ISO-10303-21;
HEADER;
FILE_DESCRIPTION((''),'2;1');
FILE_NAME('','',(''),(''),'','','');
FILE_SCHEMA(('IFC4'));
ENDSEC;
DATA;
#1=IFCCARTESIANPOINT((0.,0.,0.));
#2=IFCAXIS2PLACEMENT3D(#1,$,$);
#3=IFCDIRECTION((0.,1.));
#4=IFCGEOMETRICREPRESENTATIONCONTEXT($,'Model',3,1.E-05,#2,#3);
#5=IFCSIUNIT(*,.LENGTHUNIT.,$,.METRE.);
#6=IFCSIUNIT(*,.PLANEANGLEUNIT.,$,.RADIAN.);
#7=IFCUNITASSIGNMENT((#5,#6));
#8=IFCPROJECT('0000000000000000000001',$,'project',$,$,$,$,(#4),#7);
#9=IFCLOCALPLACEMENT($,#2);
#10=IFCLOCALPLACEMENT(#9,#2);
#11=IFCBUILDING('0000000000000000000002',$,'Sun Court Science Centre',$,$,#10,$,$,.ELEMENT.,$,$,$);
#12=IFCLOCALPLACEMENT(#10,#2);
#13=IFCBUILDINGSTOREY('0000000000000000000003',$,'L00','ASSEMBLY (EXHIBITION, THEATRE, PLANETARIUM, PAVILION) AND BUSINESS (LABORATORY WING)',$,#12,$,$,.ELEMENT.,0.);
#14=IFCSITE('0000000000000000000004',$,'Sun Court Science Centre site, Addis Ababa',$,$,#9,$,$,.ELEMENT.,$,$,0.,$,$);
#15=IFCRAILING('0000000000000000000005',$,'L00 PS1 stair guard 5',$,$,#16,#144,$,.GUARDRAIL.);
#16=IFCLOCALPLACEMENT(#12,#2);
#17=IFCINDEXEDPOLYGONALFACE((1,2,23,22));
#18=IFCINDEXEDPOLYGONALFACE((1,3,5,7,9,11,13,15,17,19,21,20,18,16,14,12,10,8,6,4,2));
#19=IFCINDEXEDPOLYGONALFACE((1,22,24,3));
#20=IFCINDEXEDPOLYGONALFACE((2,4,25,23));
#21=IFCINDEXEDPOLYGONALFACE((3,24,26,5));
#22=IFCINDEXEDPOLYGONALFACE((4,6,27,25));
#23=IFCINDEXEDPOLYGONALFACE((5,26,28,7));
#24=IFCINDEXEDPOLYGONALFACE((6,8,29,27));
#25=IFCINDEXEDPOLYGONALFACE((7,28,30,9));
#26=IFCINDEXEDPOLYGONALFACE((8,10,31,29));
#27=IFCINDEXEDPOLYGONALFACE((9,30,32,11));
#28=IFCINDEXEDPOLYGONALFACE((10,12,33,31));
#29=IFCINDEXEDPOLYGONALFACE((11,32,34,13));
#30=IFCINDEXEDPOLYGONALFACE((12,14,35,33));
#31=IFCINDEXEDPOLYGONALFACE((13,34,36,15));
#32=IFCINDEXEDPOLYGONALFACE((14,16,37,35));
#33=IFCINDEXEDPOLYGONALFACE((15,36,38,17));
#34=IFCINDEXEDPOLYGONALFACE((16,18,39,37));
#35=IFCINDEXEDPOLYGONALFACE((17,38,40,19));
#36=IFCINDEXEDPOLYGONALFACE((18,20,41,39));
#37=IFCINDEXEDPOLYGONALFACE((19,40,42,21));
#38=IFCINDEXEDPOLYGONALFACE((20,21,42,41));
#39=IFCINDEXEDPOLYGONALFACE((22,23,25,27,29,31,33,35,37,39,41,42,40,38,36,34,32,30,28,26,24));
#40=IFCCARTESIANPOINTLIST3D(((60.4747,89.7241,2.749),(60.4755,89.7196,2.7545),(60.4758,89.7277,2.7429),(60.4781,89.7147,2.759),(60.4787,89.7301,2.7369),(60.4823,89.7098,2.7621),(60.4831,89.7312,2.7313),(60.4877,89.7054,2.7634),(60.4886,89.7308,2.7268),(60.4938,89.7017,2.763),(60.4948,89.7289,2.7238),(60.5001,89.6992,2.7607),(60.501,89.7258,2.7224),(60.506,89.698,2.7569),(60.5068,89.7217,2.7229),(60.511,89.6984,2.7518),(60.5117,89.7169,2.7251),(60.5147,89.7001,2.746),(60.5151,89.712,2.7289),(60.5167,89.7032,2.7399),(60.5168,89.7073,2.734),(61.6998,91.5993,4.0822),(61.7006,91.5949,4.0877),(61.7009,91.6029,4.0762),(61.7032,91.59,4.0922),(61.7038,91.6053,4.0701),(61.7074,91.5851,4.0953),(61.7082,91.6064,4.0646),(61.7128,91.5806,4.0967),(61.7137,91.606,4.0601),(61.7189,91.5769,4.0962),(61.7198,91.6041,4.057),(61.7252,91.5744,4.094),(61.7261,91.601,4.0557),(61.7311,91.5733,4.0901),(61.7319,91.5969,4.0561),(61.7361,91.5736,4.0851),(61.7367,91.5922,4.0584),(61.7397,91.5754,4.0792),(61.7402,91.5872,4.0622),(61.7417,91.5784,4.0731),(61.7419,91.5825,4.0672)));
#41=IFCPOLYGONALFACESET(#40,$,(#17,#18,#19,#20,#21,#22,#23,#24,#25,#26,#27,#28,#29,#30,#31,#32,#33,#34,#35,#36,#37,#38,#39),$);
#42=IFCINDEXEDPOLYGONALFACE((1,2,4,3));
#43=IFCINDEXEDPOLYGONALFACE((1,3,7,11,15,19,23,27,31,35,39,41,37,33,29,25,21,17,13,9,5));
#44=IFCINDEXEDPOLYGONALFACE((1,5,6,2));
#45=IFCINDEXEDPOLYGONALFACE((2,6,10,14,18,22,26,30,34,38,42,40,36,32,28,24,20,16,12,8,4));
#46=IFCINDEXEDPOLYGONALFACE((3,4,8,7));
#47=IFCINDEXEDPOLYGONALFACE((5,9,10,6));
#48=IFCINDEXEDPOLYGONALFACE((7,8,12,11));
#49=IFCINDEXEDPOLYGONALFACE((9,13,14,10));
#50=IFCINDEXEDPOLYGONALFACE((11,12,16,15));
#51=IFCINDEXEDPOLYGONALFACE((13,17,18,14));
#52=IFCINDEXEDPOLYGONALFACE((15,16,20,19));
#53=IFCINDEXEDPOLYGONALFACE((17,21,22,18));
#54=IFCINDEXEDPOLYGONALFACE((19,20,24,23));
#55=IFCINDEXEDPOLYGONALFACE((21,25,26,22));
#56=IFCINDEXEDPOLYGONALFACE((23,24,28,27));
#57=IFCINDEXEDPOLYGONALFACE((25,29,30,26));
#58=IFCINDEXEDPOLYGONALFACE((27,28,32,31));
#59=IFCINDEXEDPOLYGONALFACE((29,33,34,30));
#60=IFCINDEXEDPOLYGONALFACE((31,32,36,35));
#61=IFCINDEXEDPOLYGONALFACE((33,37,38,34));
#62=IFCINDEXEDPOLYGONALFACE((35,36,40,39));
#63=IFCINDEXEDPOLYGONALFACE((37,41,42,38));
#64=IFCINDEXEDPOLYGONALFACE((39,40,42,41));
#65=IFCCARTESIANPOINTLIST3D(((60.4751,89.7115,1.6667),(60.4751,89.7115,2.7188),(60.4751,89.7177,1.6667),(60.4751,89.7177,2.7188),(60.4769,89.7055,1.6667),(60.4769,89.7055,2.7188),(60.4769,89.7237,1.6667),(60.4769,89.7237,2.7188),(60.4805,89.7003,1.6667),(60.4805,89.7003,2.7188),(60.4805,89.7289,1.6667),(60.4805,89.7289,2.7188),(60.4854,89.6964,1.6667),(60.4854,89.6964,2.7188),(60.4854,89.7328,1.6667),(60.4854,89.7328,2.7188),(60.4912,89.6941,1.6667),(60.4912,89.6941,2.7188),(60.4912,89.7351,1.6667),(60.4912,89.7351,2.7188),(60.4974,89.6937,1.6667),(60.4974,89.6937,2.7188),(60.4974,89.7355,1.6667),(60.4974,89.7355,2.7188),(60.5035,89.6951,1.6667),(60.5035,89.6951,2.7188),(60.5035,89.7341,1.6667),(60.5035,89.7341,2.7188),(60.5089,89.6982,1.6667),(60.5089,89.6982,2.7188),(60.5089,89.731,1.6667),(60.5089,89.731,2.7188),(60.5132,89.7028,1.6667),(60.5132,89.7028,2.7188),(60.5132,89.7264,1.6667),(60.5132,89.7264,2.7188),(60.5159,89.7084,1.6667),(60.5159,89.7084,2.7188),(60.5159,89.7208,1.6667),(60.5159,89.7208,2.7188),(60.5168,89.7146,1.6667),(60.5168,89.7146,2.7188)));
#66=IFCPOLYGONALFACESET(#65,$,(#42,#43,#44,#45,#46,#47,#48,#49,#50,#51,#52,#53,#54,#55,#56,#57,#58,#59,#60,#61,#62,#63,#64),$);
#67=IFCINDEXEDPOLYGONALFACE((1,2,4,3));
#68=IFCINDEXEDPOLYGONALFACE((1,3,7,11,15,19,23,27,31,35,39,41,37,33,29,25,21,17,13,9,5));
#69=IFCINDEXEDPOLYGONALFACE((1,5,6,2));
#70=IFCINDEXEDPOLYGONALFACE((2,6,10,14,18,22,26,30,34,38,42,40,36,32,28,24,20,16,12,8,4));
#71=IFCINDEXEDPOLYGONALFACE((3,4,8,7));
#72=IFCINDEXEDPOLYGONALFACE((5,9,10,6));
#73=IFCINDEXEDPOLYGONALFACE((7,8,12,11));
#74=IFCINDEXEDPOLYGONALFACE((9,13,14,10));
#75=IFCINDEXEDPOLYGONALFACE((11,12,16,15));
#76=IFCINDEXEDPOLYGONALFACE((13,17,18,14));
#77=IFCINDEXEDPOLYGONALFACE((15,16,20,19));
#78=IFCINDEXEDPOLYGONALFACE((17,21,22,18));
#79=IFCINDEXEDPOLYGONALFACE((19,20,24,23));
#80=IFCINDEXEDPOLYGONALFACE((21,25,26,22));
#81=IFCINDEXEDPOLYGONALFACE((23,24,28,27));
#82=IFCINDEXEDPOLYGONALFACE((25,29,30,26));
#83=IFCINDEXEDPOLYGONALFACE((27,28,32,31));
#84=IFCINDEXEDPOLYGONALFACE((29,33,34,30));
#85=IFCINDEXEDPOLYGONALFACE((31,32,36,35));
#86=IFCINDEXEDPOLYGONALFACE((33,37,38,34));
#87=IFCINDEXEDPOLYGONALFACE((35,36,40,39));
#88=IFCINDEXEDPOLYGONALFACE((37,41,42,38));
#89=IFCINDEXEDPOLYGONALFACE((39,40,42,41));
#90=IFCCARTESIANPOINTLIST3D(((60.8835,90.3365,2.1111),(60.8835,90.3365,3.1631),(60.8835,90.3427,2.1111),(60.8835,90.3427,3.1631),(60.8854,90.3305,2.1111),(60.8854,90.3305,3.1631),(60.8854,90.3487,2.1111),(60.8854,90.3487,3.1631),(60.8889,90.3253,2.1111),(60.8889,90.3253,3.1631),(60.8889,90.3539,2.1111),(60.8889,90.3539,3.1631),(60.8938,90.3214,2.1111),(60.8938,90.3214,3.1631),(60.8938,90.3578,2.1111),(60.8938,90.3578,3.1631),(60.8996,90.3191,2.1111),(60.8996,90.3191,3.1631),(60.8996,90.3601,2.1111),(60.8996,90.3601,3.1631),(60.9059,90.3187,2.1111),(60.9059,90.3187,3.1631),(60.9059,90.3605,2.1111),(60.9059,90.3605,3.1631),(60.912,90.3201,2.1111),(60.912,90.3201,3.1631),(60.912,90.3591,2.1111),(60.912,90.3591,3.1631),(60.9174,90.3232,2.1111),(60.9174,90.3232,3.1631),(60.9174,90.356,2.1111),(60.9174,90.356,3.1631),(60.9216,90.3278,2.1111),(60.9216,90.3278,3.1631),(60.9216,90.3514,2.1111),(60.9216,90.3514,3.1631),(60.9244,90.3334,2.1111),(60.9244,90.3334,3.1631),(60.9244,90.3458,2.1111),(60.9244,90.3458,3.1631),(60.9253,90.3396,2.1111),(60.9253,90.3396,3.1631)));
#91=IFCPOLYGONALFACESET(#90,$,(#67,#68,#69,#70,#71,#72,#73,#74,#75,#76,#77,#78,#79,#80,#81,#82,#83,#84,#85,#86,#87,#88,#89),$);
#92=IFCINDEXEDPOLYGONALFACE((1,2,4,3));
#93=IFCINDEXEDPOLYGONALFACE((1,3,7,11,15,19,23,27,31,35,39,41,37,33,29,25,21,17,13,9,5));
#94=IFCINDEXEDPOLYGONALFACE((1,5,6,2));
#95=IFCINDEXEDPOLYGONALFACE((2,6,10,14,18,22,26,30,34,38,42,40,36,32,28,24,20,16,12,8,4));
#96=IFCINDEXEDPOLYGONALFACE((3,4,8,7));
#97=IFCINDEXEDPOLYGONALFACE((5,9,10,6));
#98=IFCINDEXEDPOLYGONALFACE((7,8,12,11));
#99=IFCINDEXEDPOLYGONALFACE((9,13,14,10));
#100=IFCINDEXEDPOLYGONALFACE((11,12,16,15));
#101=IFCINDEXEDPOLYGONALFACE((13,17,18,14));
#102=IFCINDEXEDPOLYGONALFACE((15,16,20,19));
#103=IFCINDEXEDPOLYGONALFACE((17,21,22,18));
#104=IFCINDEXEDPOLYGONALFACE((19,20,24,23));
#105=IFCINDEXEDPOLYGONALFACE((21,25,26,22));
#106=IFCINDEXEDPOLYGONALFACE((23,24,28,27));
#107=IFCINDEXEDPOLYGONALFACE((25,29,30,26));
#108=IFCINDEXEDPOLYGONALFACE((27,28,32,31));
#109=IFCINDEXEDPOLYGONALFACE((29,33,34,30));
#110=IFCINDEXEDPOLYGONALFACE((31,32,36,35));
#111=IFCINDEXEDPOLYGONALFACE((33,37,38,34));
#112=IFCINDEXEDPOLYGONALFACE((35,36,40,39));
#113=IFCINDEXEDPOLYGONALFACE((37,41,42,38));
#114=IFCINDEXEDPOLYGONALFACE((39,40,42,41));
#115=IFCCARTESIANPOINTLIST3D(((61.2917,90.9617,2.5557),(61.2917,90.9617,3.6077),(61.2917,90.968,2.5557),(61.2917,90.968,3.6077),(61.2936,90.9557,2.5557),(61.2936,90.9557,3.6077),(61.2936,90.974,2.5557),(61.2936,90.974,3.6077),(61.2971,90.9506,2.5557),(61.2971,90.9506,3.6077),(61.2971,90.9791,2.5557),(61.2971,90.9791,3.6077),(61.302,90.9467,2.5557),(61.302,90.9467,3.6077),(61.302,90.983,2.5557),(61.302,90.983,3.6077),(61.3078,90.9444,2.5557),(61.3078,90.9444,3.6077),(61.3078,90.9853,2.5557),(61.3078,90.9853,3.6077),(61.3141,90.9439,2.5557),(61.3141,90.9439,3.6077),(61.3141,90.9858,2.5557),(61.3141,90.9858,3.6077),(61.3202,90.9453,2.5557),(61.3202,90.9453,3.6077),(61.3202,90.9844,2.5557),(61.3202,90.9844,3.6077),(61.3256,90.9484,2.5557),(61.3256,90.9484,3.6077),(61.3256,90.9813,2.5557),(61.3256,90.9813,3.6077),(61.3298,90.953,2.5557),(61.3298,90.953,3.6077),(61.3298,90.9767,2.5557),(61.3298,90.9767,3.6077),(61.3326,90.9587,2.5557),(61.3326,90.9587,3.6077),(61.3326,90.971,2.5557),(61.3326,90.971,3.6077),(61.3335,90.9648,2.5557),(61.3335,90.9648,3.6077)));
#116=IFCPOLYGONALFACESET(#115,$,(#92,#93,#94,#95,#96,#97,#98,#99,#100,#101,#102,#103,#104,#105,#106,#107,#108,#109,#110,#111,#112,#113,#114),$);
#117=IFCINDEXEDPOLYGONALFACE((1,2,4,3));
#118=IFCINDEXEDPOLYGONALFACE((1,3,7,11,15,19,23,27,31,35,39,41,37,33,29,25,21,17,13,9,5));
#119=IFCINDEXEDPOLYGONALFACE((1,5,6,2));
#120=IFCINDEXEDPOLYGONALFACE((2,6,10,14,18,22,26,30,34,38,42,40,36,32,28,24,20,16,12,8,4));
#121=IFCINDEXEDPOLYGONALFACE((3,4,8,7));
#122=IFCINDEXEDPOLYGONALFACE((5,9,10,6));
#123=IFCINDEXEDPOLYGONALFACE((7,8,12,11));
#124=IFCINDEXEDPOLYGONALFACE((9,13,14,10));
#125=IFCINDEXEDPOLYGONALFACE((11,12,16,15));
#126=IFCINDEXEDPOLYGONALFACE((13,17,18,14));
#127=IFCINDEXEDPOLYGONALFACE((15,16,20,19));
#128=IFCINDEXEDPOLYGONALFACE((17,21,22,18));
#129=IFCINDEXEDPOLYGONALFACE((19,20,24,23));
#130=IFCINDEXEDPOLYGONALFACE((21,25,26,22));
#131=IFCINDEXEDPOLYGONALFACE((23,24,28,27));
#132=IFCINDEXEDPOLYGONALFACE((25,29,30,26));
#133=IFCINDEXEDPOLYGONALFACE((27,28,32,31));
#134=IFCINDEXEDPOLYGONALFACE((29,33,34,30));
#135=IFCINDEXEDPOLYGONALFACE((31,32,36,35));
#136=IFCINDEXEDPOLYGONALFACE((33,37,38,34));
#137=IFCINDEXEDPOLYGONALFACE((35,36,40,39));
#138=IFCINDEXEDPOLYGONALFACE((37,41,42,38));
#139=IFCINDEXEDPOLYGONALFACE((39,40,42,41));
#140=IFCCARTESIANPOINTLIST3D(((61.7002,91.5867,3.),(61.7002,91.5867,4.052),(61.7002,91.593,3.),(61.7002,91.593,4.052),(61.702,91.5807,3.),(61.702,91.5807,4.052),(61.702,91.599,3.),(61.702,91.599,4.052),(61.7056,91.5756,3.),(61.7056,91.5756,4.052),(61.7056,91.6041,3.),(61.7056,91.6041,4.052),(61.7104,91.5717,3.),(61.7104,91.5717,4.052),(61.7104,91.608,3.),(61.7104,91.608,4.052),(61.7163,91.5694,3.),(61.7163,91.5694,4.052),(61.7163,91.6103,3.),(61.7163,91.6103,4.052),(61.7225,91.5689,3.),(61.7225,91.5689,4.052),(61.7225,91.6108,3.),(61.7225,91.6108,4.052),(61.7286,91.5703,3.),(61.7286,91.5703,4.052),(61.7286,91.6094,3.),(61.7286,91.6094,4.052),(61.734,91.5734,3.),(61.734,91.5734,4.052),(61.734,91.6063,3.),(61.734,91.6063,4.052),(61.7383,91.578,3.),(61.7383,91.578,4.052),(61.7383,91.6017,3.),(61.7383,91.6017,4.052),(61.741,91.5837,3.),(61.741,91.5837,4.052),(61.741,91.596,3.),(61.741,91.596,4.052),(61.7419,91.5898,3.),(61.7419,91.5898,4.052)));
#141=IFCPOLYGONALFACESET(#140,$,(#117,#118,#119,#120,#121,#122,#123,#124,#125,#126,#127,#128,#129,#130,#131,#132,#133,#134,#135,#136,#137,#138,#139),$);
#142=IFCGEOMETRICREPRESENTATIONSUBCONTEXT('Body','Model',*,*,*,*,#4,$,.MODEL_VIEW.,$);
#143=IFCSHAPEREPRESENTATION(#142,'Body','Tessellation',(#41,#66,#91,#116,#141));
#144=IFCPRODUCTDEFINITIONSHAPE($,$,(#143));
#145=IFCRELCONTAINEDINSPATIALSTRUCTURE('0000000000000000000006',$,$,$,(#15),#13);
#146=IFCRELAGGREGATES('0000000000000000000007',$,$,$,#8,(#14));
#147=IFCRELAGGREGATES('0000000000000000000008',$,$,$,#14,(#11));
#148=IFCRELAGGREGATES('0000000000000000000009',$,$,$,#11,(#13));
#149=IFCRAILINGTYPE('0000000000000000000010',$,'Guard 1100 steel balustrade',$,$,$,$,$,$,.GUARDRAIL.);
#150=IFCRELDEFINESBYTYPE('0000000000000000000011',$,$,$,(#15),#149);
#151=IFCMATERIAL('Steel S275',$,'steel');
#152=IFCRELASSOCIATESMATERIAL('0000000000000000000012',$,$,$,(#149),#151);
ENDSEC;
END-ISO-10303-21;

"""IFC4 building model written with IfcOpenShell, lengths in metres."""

from ifc_helpers import new_model, si_unit, direction, frame, origin, origin_2d, place, context, subcontext, project, spatial, circle, extrude, material, type_object, element, save


model = new_model("IFC4")

# Units and contexts
model_context = context("Model", 3, precision=1e-05, world=origin(), true_north=direction((0.0, 1.0)))
body_context = subcontext(model_context, "Body", "Model", "MODEL_VIEW")
ifc_project = project(units=[si_unit("LENGTHUNIT", "METRE"), si_unit("PLANEANGLEUNIT", "RADIAN")], contexts=[model_context])

# Site, building, storey
site_placement = place(None, origin())
site = spatial("IfcSite", under=ifc_project, at=site_placement, Name="Sun Court Science Centre site, Addis Ababa", CompositionType="ELEMENT", RefElevation=0.0)
building_placement = place(site_placement, origin())
building = spatial("IfcBuilding", under=site, at=building_placement, Name="Sun Court Science Centre", CompositionType="ELEMENT")
storey_placement = place(building_placement, origin())
storey = spatial("IfcBuildingStorey", under=building, at=storey_placement, Name="L00", Description="ASSEMBLY (EXHIBITION, THEATRE, PLANETARIUM, PAVILION) AND BUSINESS (LABORATORY WING)", CompositionType="ELEMENT", Elevation=0.0)

# Railing
ifc_material_1 = material(Name="Steel S275", Category="steel")
railing_type = type_object("IfcRailingType", Name="Guard 1100 steel balustrade", PredefinedType="GUARDRAIL", material=ifc_material_1)
railing_1_placement = place(storey_placement, frame((60.4958, 89.7146, 1.6667)))
element("IfcRailing", 1, at=railing_1_placement, inside=storey, type_object=railing_type, Name="L00 PS1 stair guard 5", PredefinedType="GUARDRAIL", context=body_context, shape_type="SweptSolid", body=[
    extrude(circle(Radius=0.0239, at=origin_2d()), frame((0.0, 0.0, 1.0762), z_axis=(0.469978, 0.71939, 0.511468), x_axis=(-0.837179, 0.546929, 0.0)), (0.0, 0.0, 1.0), 2.6067),
    extrude(circle(Radius=0.021, at=origin_2d()), origin(), (0.0, 0.0, 1.0), 1.052),
    extrude(circle(Radius=0.021, at=origin_2d()), frame((0.4084, 0.625, 0.4443)), (0.0, 0.0, 1.0), 1.052),
    extrude(circle(Radius=0.021, at=origin_2d()), frame((0.8167, 1.2502, 0.8889)), (0.0, 0.0, 1.0), 1.052),
    extrude(circle(Radius=0.021, at=origin_2d()), frame((1.2251, 1.8752, 1.3333)), (0.0, 0.0, 1.0), 1.052),
])

save(model, "model.ifc")
